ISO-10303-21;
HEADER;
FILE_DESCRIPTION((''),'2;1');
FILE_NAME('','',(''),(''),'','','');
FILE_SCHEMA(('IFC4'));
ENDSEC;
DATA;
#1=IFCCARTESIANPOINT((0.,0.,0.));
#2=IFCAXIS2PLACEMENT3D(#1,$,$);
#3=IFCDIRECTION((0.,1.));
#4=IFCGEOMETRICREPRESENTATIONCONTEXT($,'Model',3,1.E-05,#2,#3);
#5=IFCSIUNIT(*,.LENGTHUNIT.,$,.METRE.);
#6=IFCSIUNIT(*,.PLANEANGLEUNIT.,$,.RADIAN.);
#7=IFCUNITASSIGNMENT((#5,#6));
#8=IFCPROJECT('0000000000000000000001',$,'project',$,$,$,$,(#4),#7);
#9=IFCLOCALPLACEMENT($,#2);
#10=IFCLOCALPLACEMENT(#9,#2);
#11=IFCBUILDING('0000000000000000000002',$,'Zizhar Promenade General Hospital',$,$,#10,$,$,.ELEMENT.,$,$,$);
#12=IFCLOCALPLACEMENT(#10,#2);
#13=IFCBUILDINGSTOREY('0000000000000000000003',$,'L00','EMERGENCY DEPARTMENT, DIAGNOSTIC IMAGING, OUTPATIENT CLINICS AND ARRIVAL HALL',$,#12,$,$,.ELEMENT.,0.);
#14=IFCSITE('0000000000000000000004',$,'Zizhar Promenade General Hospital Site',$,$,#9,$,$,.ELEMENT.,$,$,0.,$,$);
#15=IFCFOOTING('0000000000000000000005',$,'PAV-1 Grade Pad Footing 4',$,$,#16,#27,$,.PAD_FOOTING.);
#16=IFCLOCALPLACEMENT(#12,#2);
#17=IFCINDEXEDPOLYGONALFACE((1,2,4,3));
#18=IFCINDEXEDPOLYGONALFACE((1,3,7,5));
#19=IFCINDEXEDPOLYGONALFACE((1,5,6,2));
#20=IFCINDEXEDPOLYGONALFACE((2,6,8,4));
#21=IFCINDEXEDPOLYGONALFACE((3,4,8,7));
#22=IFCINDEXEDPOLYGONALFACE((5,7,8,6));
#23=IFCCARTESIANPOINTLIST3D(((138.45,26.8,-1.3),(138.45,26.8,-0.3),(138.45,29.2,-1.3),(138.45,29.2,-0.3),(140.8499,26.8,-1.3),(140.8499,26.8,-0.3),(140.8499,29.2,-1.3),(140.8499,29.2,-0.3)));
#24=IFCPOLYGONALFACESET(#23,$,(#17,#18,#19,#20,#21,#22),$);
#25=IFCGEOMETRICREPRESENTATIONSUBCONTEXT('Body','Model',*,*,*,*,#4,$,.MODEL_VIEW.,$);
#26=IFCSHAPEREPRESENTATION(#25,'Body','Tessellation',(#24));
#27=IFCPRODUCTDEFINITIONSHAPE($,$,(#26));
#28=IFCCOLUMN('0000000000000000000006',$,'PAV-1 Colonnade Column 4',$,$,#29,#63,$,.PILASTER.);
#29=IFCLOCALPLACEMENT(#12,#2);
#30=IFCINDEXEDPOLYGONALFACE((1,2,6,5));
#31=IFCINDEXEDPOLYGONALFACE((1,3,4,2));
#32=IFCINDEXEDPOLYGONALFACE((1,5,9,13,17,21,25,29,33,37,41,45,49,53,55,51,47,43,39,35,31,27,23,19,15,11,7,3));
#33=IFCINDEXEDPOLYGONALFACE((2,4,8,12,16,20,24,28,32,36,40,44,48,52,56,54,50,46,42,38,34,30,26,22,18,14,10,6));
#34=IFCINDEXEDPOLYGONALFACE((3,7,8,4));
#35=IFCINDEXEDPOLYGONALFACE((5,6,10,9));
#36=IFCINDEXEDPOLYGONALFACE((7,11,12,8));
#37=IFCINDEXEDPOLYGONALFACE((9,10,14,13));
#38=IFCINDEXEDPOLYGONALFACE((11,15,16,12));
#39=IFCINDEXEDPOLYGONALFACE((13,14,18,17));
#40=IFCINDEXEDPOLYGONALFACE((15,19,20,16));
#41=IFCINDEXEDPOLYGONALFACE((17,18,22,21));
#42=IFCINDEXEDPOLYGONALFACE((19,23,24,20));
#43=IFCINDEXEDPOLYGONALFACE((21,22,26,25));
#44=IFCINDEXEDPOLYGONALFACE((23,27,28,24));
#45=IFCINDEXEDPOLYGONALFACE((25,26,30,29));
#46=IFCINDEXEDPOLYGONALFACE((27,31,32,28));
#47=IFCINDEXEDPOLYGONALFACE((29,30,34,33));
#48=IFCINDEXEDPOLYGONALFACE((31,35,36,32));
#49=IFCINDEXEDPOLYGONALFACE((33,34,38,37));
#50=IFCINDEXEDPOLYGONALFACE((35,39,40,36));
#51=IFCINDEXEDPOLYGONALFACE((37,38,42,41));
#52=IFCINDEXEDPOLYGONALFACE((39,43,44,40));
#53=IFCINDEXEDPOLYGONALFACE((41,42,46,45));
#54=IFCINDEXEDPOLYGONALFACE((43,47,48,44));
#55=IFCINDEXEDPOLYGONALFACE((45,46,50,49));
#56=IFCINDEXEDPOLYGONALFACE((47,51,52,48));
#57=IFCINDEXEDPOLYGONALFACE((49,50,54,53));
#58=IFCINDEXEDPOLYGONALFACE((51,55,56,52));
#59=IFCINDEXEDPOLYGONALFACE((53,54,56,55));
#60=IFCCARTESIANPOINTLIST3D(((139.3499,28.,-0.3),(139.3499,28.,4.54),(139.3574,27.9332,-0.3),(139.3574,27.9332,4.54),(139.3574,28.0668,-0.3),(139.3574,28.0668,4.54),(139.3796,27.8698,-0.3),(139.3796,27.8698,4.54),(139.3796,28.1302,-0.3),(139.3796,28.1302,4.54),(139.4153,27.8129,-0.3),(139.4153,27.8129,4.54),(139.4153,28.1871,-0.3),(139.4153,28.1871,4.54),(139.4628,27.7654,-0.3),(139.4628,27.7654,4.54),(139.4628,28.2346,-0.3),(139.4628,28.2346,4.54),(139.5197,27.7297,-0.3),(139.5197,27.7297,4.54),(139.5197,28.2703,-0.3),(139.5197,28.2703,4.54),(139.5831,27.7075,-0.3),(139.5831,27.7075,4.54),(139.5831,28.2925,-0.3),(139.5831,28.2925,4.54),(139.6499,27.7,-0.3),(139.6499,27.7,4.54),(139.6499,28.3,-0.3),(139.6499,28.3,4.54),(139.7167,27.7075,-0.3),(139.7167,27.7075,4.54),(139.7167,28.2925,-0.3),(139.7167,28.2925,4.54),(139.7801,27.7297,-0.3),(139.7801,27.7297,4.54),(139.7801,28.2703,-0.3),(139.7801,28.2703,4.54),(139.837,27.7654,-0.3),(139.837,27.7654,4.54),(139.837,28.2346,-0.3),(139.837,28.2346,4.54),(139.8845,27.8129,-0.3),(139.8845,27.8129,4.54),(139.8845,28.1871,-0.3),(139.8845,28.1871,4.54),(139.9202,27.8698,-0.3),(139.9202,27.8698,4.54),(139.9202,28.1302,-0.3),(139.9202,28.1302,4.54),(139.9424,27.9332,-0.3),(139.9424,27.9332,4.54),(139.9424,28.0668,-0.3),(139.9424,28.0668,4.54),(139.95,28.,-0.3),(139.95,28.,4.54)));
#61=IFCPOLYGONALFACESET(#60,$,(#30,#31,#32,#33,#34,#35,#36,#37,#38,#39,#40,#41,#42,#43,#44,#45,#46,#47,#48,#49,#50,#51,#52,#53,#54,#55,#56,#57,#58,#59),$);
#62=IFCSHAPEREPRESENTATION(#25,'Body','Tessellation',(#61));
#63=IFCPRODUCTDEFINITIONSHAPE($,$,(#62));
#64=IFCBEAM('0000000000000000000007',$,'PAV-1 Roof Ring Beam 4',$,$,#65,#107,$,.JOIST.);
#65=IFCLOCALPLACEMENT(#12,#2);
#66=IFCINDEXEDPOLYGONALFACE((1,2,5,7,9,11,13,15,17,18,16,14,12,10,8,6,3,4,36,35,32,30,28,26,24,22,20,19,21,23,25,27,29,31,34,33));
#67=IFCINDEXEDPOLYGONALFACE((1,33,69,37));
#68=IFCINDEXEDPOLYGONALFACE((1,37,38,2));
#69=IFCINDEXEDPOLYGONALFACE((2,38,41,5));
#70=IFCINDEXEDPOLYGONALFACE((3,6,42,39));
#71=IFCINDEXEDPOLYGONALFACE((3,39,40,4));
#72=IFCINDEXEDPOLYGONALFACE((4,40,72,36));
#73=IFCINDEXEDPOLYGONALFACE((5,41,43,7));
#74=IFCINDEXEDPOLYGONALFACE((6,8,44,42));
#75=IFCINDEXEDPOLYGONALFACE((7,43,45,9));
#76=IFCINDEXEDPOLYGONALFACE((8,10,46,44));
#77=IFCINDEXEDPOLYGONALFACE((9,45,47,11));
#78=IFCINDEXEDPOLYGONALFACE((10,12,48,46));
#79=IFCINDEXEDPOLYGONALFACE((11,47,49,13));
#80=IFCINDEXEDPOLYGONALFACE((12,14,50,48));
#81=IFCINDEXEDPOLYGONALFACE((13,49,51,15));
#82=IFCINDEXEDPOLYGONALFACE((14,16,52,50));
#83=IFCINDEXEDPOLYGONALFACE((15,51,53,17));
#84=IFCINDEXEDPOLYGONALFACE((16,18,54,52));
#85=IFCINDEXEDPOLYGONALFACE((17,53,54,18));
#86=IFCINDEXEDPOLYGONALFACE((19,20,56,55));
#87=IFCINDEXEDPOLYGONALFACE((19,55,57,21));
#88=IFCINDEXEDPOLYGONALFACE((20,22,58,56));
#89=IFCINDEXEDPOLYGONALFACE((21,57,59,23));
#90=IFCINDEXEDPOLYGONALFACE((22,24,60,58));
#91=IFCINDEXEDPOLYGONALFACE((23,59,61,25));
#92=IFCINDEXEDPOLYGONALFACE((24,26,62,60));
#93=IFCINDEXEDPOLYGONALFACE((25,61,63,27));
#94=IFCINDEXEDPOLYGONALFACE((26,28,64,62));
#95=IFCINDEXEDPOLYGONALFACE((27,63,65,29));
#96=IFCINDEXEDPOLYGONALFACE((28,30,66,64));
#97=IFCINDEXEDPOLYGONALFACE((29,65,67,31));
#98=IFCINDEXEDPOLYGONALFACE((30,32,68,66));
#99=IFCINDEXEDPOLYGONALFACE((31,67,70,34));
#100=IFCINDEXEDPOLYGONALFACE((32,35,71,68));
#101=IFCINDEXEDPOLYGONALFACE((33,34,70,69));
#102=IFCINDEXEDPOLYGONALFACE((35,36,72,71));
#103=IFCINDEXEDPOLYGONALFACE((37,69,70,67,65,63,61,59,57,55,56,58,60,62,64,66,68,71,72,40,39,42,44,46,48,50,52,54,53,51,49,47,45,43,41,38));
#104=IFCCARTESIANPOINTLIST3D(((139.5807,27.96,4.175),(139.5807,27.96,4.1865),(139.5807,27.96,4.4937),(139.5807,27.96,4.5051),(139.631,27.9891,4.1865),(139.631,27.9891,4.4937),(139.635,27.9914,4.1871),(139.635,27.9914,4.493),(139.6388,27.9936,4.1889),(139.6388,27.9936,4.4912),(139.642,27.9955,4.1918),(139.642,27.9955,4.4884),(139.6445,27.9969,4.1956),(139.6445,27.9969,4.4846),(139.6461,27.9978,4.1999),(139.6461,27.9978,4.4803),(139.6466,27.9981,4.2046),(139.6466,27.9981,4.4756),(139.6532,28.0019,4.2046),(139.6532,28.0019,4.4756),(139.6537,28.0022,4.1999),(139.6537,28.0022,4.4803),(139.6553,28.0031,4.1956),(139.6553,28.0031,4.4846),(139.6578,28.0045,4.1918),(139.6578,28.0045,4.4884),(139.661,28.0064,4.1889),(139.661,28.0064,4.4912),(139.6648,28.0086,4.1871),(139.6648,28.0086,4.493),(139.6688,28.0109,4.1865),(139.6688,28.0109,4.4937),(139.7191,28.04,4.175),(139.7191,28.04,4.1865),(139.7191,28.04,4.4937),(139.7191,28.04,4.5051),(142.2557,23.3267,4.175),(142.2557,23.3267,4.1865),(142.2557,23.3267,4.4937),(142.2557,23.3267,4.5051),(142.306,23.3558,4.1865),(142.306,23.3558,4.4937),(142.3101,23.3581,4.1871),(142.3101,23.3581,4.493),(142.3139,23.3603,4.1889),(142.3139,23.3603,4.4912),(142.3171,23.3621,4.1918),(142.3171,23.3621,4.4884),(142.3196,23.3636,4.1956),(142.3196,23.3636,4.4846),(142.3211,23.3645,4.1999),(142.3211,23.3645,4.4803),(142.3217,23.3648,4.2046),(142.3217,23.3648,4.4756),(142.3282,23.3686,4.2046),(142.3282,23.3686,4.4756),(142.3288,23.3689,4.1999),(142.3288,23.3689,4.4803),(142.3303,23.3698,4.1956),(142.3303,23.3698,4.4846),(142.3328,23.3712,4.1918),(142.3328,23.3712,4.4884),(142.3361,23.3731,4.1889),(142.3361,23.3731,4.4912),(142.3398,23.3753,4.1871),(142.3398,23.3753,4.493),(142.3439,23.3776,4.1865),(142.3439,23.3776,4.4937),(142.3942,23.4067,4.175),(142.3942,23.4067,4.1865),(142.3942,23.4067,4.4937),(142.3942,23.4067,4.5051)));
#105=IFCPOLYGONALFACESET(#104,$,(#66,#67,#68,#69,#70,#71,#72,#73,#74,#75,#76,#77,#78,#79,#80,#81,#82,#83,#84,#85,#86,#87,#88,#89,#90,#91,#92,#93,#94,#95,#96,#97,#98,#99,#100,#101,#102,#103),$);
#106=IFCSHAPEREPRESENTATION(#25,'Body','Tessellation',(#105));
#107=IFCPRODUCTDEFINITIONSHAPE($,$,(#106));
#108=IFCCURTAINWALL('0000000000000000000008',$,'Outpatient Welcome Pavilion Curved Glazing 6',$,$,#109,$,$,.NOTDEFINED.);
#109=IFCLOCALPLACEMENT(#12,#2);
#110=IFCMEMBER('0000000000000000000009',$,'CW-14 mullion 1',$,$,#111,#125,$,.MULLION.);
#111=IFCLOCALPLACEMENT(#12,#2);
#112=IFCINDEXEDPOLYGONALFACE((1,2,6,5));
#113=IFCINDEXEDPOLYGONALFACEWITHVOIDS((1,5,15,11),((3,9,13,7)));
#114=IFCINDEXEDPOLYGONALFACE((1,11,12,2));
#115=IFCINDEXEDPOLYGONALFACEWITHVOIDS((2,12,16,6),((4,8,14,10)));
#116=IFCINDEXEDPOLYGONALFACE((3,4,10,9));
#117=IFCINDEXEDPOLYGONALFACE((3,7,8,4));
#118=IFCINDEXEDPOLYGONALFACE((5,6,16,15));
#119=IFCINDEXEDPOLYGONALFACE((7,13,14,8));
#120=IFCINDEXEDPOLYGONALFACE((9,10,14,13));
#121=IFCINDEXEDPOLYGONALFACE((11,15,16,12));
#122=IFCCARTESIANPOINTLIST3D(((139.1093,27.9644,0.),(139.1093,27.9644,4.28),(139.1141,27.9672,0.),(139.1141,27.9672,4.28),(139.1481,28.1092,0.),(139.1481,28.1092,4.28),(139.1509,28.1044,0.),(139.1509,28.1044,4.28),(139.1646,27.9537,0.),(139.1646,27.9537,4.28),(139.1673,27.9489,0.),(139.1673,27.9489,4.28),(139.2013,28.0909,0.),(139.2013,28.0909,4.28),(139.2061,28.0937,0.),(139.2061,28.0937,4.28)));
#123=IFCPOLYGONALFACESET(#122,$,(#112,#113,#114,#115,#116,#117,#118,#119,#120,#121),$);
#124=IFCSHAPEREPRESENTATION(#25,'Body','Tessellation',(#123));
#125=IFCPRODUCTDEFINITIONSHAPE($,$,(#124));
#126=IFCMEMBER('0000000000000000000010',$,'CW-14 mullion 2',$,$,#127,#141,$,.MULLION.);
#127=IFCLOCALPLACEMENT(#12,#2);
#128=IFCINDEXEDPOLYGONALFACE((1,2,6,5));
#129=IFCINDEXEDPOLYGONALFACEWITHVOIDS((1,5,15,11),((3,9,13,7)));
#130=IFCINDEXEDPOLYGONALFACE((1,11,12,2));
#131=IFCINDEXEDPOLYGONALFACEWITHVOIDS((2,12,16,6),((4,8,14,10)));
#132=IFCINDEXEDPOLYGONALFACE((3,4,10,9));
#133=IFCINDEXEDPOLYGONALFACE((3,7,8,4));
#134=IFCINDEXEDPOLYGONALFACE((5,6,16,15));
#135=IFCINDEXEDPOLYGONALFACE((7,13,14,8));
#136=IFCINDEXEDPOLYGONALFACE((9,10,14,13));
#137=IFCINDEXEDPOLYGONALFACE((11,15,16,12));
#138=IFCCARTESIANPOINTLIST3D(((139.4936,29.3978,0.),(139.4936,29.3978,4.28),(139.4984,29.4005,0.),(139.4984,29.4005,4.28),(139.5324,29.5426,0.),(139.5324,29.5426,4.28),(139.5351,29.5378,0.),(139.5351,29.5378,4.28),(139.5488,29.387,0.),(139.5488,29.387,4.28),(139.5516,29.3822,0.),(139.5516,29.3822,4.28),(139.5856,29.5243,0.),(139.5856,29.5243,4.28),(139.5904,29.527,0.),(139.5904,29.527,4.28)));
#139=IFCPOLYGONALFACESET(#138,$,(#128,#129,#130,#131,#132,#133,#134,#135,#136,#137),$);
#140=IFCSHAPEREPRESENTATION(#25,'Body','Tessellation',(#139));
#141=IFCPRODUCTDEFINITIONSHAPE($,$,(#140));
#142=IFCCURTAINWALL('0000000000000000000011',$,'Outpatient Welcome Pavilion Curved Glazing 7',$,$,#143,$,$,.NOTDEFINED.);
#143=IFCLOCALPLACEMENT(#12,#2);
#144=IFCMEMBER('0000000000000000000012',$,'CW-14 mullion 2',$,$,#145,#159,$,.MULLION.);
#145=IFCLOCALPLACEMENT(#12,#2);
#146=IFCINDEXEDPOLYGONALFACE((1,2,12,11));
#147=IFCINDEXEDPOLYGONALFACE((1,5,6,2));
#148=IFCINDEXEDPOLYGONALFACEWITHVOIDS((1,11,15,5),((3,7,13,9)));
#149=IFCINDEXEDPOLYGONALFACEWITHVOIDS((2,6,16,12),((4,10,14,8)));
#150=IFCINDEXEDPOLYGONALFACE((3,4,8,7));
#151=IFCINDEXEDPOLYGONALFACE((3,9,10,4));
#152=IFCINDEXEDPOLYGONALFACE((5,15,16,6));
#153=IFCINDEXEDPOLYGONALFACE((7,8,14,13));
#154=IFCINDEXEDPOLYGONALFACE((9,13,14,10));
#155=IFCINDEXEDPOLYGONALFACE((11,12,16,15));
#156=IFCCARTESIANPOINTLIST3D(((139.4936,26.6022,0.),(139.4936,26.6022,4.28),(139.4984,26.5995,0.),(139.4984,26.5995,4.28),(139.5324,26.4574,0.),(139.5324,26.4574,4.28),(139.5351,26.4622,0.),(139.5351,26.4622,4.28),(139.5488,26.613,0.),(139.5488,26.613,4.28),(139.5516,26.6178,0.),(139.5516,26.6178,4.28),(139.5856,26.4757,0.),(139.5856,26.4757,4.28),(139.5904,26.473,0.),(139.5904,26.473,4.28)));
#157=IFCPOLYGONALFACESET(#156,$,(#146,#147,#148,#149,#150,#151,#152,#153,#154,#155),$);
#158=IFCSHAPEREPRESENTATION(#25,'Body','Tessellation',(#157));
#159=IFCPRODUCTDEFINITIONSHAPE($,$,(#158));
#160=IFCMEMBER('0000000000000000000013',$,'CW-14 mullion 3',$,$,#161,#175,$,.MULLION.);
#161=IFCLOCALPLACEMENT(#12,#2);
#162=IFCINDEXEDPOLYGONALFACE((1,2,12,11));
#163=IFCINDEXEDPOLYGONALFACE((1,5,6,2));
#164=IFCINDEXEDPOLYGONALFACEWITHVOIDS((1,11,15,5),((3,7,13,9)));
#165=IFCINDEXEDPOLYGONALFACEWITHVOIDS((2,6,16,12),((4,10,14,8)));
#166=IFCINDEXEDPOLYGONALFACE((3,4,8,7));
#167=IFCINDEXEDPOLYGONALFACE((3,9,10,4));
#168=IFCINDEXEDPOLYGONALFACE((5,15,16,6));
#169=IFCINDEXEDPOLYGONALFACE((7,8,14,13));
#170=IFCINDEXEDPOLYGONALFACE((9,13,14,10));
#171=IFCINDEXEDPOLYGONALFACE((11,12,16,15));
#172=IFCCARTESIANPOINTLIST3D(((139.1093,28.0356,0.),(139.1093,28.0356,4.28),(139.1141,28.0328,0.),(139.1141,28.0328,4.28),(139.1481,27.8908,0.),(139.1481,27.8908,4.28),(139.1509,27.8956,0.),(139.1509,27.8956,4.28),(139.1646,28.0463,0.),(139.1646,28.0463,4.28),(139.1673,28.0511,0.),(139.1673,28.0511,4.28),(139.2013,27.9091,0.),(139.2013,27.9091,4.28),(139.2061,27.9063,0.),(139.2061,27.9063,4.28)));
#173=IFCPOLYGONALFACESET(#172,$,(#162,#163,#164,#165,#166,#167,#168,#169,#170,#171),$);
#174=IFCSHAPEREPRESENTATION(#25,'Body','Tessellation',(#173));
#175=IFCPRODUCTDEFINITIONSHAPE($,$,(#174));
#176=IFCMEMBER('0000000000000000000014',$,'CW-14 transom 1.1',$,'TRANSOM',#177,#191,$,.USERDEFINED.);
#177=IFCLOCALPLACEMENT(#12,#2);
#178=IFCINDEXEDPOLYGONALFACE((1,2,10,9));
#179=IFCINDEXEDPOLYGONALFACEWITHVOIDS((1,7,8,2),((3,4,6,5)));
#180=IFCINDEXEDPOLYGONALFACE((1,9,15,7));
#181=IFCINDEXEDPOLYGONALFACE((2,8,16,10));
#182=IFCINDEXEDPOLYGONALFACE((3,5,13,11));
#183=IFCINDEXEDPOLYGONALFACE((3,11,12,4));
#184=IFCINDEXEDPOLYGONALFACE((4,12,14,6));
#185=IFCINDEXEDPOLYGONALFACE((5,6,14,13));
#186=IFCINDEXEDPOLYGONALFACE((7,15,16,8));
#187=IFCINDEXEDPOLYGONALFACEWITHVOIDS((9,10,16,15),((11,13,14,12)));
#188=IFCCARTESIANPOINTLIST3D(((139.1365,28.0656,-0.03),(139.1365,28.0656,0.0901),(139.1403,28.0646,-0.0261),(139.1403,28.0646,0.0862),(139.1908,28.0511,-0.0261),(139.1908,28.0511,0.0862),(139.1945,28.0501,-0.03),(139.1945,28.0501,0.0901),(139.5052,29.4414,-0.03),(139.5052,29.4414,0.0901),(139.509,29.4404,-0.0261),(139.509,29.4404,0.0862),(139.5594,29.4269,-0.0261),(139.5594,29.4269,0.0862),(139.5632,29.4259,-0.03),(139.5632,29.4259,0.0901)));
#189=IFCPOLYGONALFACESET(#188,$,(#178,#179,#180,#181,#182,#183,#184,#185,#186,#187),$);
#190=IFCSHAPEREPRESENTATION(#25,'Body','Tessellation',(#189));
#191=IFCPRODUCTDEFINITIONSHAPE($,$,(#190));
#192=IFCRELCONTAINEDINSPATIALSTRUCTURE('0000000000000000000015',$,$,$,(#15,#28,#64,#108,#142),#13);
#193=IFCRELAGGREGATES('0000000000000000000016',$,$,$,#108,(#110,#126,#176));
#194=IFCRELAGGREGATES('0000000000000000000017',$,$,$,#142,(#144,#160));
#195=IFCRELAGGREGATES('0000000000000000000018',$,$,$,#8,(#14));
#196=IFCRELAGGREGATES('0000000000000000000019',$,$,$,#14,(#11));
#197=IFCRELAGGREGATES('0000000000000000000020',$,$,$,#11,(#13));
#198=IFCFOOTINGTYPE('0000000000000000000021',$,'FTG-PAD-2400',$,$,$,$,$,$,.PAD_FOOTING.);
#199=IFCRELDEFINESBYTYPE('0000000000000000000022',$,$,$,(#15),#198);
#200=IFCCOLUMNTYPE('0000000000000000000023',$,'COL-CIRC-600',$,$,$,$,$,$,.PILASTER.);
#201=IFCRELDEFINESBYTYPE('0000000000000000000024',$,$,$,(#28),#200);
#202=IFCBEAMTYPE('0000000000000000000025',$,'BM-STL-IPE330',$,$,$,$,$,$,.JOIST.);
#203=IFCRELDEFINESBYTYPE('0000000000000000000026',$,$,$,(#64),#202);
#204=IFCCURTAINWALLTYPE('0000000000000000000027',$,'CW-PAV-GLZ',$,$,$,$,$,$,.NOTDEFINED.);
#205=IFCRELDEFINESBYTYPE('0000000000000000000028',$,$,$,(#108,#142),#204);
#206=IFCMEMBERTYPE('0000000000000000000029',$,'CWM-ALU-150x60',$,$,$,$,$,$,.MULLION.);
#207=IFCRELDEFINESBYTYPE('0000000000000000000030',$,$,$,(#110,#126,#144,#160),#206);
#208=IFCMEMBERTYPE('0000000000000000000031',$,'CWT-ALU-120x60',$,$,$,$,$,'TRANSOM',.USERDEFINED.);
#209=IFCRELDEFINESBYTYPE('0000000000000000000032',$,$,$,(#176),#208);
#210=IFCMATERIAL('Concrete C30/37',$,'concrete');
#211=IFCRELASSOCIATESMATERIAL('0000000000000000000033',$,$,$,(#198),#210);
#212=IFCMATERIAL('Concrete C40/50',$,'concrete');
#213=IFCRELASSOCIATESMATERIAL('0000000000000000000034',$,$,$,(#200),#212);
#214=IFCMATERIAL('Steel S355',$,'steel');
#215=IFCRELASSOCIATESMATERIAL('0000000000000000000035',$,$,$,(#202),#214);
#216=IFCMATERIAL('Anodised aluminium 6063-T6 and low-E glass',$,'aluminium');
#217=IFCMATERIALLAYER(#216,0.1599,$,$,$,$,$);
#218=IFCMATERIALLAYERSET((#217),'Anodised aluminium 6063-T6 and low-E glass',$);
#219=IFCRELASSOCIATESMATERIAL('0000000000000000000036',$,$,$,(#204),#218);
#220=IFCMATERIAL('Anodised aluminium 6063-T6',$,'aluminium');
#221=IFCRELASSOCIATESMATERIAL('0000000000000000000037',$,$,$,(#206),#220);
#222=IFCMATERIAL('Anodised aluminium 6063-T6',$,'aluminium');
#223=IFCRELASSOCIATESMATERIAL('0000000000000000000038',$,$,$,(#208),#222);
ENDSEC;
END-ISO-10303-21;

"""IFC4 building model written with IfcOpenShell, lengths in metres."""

from ifc_helpers import new_model, si_unit, direction, frame, origin, origin_2d, place, context, subcontext, project, spatial, rectangle, hollow_rectangle, circle, i_section, extrude, material, layer, layer_set, material_profile, profile_set, type_object, element, aggregate, save


model = new_model("IFC4")

# Units and contexts
model_context = context("Model", 3, precision=1e-05, world=origin(), true_north=direction((0.0, 1.0)))
body_context = subcontext(model_context, "Body", "Model", "MODEL_VIEW")
ifc_project = project(units=[si_unit("LENGTHUNIT", "METRE"), si_unit("PLANEANGLEUNIT", "RADIAN")], contexts=[model_context])

# Site, building, storey
site_placement = place(None, origin())
site = spatial("IfcSite", under=ifc_project, at=site_placement, Name="Zizhar Promenade General Hospital Site", CompositionType="ELEMENT", RefElevation=0.0)
building_placement = place(site_placement, origin())
building = spatial("IfcBuilding", under=site, at=building_placement, Name="Zizhar Promenade General Hospital", CompositionType="ELEMENT")
storey_placement = place(building_placement, origin())
storey = spatial("IfcBuildingStorey", under=building, at=storey_placement, Name="L00", Description="EMERGENCY DEPARTMENT, DIAGNOSTIC IMAGING, OUTPATIENT CLINICS AND ARRIVAL HALL", CompositionType="ELEMENT", Elevation=0.0)

# Footing
ifc_material_1 = material(Name="Concrete C30/37", Category="concrete")
footing_type = type_object("IfcFootingType", Name="FTG-PAD-2400", PredefinedType="PAD_FOOTING", material=ifc_material_1)
footing_placement = place(storey_placement, frame((139.6499, 28.0, -1.3), z_axis=(0.0, 0.0, 1.0), x_axis=(1.0, 0.0, 0.0)))
element("IfcFooting", 1, at=footing_placement, inside=storey, type_object=footing_type, Name="PAV-1 Grade Pad Footing 4", PredefinedType="PAD_FOOTING", context=body_context, shape_type="SweptSolid", body=[
    extrude(rectangle(XDim=2.3999, YDim=2.3999, at=origin_2d()), origin(), (0.0, 0.0, 1.0), 1.0),
])

# Column
ifc_material_2 = material(Name="Concrete C40/50", Category="concrete")
ifc_material_profile_1 = material_profile(ifc_material_2, circle(Radius=0.3, at=origin_2d()))
ifc_profile_set_1 = profile_set([ifc_material_profile_1], Name="Concrete C40/50")
column_type = type_object("IfcColumnType", Name="COL-CIRC-600", PredefinedType="PILASTER", material=ifc_profile_set_1)
column_placement = place(storey_placement, frame((139.6499, 28.0, -0.3), z_axis=(0.0, 0.0, 1.0), x_axis=(1.0, 0.0, 0.0)))
element("IfcColumn", 2, at=column_placement, inside=storey, type_object=column_type, Name="PAV-1 Colonnade Column 4", PredefinedType="PILASTER", context=body_context, shape_type="SweptSolid", body=[
    extrude(circle(Radius=0.3, at=origin_2d()), origin(), (0.0, 0.0, 1.0), 4.8401),
])

# Beam
ifc_material_3 = material(Name="Steel S355", Category="steel")
ifc_material_profile_2 = material_profile(ifc_material_3, i_section(OverallWidth=0.1599, OverallDepth=0.3301, WebThickness=0.0076, FlangeThickness=0.0115, FilletRadius=0.0181, at=origin_2d()))
ifc_profile_set_2 = profile_set([ifc_material_profile_2], Name="Steel S355")
beam_type = type_object("IfcBeamType", Name="BM-STL-IPE330", PredefinedType="JOIST", material=ifc_profile_set_2)
beam_placement = place(storey_placement, frame((139.6499, 28.0, 4.3401), z_axis=(0.500002, -0.866024, 0.0), x_axis=(0.866024, 0.500002, 0.0)))
element("IfcBeam", 3, at=beam_placement, inside=storey, type_object=beam_type, Name="PAV-1 Roof Ring Beam 4", PredefinedType="JOIST", context=body_context, shape_type="SweptSolid", body=[
    extrude(i_section(OverallWidth=0.1599, OverallDepth=0.3301, WebThickness=0.0076, FlangeThickness=0.0115, FilletRadius=0.0181, at=origin_2d()), origin(), (0.0, 0.0, 1.0), 5.3501),
])

# Curtain walls, members
ifc_material_4 = material(Name="Anodised aluminium 6063-T6 and low-E glass", Category="aluminium")
ifc_layer_1 = layer(ifc_material_4, 0.1599)
ifc_layer_set_1 = layer_set([ifc_layer_1], Name="Anodised aluminium 6063-T6 and low-E glass")
curtain_wall_type = type_object("IfcCurtainWallType", Name="CW-PAV-GLZ", PredefinedType="NOTDEFINED", material=ifc_layer_set_1)
curtain_wall_1_placement = place(storey_placement, origin())
curtain_wall_1 = element("IfcCurtainWall", 4, at=curtain_wall_1_placement, inside=storey, type_object=curtain_wall_type, Name="Outpatient Welcome Pavilion Curved Glazing 6", PredefinedType="NOTDEFINED")
ifc_material_5 = material(Name="Anodised aluminium 6063-T6", Category="aluminium")
ifc_material_profile_3 = material_profile(ifc_material_5, hollow_rectangle(XDim=0.0601, YDim=0.1499, WallThickness=0.0039, at=origin_2d()))
ifc_profile_set_3 = profile_set([ifc_material_profile_3], Name="Anodised aluminium 6063-T6")
member_type_1 = type_object("IfcMemberType", Name="CWM-ALU-150x60", PredefinedType="MULLION", material=ifc_profile_set_3)
member_1_placement = place(storey_placement, frame((139.1577, 28.0291, 0.0), z_axis=(0.0, 0.0, 1.0), x_axis=(-0.965922, 0.258834, 0.0)))
member_1 = element("IfcMember", 5, at=member_1_placement, type_object=member_type_1, Name="CW-14 mullion 1", PredefinedType="MULLION", context=body_context, shape_type="SweptSolid", body=[
    extrude(hollow_rectangle(XDim=0.0601, YDim=0.1499, WallThickness=0.0039, at=origin_2d()), origin(), (0.0, 0.0, 1.0), 4.28),
])
member_2_placement = place(storey_placement, frame((139.542, 29.4624, 0.0), z_axis=(0.0, 0.0, 1.0), x_axis=(-0.965922, 0.258834, 0.0)))
member_2 = element("IfcMember", 6, at=member_2_placement, type_object=member_type_1, Name="CW-14 mullion 2", PredefinedType="MULLION", context=body_context, shape_type="SweptSolid", body=[
    extrude(hollow_rectangle(XDim=0.0601, YDim=0.1499, WallThickness=0.0039, at=origin_2d()), origin(), (0.0, 0.0, 1.0), 4.28),
])
curtain_wall_2_placement = place(storey_placement, origin())
curtain_wall_2 = element("IfcCurtainWall", 7, at=curtain_wall_2_placement, inside=storey, type_object=curtain_wall_type, Name="Outpatient Welcome Pavilion Curved Glazing 7", PredefinedType="NOTDEFINED")
member_3_placement = place(storey_placement, frame((139.542, 26.5376, 0.0), z_axis=(0.0, 0.0, 1.0), x_axis=(-0.965922, -0.258834, 0.0)))
member_3 = element("IfcMember", 8, at=member_3_placement, type_object=member_type_1, Name="CW-14 mullion 2", PredefinedType="MULLION", context=body_context, shape_type="SweptSolid", body=[
    extrude(hollow_rectangle(XDim=0.0601, YDim=0.1499, WallThickness=0.0039, at=origin_2d()), origin(), (0.0, 0.0, 1.0), 4.28),
])
member_4_placement = place(storey_placement, frame((139.1577, 27.9709, 0.0), z_axis=(0.0, 0.0, 1.0), x_axis=(-0.965922, -0.258834, 0.0)))
member_4 = element("IfcMember", 9, at=member_4_placement, type_object=member_type_1, Name="CW-14 mullion 3", PredefinedType="MULLION", context=body_context, shape_type="SweptSolid", body=[
    extrude(hollow_rectangle(XDim=0.0601, YDim=0.1499, WallThickness=0.0039, at=origin_2d()), origin(), (0.0, 0.0, 1.0), 4.28),
])

# Member
ifc_material_6 = material(Name="Anodised aluminium 6063-T6", Category="aluminium")
ifc_material_profile_4 = material_profile(ifc_material_6, hollow_rectangle(XDim=0.0601, YDim=0.1201, WallThickness=0.0039, at=origin_2d()))
ifc_profile_set_4 = profile_set([ifc_material_profile_4], Name="Anodised aluminium 6063-T6")
member_type_2 = type_object("IfcMemberType", Name="CWT-ALU-120x60", ElementType="TRANSOM", PredefinedType="USERDEFINED", material=ifc_profile_set_4)
member_5_placement = place(storey_placement, frame((139.1655, 28.0579, 0.03), z_axis=(0.258836, 0.965921, 0.0), x_axis=(-0.965921, 0.258836, 0.0)))
member_5 = element("IfcMember", 10, at=member_5_placement, type_object=member_type_2, Name="CW-14 transom 1.1", ObjectType="TRANSOM", PredefinedType="USERDEFINED", context=body_context, shape_type="SweptSolid", body=[
    extrude(hollow_rectangle(XDim=0.0601, YDim=0.1201, WallThickness=0.0039, at=origin_2d()), origin(), (0.0, 0.0, 1.0), 1.4243),
])

aggregate(curtain_wall_1, [member_1, member_2, member_5])
aggregate(curtain_wall_2, [member_3, member_4])

save(model, "model.ifc")
